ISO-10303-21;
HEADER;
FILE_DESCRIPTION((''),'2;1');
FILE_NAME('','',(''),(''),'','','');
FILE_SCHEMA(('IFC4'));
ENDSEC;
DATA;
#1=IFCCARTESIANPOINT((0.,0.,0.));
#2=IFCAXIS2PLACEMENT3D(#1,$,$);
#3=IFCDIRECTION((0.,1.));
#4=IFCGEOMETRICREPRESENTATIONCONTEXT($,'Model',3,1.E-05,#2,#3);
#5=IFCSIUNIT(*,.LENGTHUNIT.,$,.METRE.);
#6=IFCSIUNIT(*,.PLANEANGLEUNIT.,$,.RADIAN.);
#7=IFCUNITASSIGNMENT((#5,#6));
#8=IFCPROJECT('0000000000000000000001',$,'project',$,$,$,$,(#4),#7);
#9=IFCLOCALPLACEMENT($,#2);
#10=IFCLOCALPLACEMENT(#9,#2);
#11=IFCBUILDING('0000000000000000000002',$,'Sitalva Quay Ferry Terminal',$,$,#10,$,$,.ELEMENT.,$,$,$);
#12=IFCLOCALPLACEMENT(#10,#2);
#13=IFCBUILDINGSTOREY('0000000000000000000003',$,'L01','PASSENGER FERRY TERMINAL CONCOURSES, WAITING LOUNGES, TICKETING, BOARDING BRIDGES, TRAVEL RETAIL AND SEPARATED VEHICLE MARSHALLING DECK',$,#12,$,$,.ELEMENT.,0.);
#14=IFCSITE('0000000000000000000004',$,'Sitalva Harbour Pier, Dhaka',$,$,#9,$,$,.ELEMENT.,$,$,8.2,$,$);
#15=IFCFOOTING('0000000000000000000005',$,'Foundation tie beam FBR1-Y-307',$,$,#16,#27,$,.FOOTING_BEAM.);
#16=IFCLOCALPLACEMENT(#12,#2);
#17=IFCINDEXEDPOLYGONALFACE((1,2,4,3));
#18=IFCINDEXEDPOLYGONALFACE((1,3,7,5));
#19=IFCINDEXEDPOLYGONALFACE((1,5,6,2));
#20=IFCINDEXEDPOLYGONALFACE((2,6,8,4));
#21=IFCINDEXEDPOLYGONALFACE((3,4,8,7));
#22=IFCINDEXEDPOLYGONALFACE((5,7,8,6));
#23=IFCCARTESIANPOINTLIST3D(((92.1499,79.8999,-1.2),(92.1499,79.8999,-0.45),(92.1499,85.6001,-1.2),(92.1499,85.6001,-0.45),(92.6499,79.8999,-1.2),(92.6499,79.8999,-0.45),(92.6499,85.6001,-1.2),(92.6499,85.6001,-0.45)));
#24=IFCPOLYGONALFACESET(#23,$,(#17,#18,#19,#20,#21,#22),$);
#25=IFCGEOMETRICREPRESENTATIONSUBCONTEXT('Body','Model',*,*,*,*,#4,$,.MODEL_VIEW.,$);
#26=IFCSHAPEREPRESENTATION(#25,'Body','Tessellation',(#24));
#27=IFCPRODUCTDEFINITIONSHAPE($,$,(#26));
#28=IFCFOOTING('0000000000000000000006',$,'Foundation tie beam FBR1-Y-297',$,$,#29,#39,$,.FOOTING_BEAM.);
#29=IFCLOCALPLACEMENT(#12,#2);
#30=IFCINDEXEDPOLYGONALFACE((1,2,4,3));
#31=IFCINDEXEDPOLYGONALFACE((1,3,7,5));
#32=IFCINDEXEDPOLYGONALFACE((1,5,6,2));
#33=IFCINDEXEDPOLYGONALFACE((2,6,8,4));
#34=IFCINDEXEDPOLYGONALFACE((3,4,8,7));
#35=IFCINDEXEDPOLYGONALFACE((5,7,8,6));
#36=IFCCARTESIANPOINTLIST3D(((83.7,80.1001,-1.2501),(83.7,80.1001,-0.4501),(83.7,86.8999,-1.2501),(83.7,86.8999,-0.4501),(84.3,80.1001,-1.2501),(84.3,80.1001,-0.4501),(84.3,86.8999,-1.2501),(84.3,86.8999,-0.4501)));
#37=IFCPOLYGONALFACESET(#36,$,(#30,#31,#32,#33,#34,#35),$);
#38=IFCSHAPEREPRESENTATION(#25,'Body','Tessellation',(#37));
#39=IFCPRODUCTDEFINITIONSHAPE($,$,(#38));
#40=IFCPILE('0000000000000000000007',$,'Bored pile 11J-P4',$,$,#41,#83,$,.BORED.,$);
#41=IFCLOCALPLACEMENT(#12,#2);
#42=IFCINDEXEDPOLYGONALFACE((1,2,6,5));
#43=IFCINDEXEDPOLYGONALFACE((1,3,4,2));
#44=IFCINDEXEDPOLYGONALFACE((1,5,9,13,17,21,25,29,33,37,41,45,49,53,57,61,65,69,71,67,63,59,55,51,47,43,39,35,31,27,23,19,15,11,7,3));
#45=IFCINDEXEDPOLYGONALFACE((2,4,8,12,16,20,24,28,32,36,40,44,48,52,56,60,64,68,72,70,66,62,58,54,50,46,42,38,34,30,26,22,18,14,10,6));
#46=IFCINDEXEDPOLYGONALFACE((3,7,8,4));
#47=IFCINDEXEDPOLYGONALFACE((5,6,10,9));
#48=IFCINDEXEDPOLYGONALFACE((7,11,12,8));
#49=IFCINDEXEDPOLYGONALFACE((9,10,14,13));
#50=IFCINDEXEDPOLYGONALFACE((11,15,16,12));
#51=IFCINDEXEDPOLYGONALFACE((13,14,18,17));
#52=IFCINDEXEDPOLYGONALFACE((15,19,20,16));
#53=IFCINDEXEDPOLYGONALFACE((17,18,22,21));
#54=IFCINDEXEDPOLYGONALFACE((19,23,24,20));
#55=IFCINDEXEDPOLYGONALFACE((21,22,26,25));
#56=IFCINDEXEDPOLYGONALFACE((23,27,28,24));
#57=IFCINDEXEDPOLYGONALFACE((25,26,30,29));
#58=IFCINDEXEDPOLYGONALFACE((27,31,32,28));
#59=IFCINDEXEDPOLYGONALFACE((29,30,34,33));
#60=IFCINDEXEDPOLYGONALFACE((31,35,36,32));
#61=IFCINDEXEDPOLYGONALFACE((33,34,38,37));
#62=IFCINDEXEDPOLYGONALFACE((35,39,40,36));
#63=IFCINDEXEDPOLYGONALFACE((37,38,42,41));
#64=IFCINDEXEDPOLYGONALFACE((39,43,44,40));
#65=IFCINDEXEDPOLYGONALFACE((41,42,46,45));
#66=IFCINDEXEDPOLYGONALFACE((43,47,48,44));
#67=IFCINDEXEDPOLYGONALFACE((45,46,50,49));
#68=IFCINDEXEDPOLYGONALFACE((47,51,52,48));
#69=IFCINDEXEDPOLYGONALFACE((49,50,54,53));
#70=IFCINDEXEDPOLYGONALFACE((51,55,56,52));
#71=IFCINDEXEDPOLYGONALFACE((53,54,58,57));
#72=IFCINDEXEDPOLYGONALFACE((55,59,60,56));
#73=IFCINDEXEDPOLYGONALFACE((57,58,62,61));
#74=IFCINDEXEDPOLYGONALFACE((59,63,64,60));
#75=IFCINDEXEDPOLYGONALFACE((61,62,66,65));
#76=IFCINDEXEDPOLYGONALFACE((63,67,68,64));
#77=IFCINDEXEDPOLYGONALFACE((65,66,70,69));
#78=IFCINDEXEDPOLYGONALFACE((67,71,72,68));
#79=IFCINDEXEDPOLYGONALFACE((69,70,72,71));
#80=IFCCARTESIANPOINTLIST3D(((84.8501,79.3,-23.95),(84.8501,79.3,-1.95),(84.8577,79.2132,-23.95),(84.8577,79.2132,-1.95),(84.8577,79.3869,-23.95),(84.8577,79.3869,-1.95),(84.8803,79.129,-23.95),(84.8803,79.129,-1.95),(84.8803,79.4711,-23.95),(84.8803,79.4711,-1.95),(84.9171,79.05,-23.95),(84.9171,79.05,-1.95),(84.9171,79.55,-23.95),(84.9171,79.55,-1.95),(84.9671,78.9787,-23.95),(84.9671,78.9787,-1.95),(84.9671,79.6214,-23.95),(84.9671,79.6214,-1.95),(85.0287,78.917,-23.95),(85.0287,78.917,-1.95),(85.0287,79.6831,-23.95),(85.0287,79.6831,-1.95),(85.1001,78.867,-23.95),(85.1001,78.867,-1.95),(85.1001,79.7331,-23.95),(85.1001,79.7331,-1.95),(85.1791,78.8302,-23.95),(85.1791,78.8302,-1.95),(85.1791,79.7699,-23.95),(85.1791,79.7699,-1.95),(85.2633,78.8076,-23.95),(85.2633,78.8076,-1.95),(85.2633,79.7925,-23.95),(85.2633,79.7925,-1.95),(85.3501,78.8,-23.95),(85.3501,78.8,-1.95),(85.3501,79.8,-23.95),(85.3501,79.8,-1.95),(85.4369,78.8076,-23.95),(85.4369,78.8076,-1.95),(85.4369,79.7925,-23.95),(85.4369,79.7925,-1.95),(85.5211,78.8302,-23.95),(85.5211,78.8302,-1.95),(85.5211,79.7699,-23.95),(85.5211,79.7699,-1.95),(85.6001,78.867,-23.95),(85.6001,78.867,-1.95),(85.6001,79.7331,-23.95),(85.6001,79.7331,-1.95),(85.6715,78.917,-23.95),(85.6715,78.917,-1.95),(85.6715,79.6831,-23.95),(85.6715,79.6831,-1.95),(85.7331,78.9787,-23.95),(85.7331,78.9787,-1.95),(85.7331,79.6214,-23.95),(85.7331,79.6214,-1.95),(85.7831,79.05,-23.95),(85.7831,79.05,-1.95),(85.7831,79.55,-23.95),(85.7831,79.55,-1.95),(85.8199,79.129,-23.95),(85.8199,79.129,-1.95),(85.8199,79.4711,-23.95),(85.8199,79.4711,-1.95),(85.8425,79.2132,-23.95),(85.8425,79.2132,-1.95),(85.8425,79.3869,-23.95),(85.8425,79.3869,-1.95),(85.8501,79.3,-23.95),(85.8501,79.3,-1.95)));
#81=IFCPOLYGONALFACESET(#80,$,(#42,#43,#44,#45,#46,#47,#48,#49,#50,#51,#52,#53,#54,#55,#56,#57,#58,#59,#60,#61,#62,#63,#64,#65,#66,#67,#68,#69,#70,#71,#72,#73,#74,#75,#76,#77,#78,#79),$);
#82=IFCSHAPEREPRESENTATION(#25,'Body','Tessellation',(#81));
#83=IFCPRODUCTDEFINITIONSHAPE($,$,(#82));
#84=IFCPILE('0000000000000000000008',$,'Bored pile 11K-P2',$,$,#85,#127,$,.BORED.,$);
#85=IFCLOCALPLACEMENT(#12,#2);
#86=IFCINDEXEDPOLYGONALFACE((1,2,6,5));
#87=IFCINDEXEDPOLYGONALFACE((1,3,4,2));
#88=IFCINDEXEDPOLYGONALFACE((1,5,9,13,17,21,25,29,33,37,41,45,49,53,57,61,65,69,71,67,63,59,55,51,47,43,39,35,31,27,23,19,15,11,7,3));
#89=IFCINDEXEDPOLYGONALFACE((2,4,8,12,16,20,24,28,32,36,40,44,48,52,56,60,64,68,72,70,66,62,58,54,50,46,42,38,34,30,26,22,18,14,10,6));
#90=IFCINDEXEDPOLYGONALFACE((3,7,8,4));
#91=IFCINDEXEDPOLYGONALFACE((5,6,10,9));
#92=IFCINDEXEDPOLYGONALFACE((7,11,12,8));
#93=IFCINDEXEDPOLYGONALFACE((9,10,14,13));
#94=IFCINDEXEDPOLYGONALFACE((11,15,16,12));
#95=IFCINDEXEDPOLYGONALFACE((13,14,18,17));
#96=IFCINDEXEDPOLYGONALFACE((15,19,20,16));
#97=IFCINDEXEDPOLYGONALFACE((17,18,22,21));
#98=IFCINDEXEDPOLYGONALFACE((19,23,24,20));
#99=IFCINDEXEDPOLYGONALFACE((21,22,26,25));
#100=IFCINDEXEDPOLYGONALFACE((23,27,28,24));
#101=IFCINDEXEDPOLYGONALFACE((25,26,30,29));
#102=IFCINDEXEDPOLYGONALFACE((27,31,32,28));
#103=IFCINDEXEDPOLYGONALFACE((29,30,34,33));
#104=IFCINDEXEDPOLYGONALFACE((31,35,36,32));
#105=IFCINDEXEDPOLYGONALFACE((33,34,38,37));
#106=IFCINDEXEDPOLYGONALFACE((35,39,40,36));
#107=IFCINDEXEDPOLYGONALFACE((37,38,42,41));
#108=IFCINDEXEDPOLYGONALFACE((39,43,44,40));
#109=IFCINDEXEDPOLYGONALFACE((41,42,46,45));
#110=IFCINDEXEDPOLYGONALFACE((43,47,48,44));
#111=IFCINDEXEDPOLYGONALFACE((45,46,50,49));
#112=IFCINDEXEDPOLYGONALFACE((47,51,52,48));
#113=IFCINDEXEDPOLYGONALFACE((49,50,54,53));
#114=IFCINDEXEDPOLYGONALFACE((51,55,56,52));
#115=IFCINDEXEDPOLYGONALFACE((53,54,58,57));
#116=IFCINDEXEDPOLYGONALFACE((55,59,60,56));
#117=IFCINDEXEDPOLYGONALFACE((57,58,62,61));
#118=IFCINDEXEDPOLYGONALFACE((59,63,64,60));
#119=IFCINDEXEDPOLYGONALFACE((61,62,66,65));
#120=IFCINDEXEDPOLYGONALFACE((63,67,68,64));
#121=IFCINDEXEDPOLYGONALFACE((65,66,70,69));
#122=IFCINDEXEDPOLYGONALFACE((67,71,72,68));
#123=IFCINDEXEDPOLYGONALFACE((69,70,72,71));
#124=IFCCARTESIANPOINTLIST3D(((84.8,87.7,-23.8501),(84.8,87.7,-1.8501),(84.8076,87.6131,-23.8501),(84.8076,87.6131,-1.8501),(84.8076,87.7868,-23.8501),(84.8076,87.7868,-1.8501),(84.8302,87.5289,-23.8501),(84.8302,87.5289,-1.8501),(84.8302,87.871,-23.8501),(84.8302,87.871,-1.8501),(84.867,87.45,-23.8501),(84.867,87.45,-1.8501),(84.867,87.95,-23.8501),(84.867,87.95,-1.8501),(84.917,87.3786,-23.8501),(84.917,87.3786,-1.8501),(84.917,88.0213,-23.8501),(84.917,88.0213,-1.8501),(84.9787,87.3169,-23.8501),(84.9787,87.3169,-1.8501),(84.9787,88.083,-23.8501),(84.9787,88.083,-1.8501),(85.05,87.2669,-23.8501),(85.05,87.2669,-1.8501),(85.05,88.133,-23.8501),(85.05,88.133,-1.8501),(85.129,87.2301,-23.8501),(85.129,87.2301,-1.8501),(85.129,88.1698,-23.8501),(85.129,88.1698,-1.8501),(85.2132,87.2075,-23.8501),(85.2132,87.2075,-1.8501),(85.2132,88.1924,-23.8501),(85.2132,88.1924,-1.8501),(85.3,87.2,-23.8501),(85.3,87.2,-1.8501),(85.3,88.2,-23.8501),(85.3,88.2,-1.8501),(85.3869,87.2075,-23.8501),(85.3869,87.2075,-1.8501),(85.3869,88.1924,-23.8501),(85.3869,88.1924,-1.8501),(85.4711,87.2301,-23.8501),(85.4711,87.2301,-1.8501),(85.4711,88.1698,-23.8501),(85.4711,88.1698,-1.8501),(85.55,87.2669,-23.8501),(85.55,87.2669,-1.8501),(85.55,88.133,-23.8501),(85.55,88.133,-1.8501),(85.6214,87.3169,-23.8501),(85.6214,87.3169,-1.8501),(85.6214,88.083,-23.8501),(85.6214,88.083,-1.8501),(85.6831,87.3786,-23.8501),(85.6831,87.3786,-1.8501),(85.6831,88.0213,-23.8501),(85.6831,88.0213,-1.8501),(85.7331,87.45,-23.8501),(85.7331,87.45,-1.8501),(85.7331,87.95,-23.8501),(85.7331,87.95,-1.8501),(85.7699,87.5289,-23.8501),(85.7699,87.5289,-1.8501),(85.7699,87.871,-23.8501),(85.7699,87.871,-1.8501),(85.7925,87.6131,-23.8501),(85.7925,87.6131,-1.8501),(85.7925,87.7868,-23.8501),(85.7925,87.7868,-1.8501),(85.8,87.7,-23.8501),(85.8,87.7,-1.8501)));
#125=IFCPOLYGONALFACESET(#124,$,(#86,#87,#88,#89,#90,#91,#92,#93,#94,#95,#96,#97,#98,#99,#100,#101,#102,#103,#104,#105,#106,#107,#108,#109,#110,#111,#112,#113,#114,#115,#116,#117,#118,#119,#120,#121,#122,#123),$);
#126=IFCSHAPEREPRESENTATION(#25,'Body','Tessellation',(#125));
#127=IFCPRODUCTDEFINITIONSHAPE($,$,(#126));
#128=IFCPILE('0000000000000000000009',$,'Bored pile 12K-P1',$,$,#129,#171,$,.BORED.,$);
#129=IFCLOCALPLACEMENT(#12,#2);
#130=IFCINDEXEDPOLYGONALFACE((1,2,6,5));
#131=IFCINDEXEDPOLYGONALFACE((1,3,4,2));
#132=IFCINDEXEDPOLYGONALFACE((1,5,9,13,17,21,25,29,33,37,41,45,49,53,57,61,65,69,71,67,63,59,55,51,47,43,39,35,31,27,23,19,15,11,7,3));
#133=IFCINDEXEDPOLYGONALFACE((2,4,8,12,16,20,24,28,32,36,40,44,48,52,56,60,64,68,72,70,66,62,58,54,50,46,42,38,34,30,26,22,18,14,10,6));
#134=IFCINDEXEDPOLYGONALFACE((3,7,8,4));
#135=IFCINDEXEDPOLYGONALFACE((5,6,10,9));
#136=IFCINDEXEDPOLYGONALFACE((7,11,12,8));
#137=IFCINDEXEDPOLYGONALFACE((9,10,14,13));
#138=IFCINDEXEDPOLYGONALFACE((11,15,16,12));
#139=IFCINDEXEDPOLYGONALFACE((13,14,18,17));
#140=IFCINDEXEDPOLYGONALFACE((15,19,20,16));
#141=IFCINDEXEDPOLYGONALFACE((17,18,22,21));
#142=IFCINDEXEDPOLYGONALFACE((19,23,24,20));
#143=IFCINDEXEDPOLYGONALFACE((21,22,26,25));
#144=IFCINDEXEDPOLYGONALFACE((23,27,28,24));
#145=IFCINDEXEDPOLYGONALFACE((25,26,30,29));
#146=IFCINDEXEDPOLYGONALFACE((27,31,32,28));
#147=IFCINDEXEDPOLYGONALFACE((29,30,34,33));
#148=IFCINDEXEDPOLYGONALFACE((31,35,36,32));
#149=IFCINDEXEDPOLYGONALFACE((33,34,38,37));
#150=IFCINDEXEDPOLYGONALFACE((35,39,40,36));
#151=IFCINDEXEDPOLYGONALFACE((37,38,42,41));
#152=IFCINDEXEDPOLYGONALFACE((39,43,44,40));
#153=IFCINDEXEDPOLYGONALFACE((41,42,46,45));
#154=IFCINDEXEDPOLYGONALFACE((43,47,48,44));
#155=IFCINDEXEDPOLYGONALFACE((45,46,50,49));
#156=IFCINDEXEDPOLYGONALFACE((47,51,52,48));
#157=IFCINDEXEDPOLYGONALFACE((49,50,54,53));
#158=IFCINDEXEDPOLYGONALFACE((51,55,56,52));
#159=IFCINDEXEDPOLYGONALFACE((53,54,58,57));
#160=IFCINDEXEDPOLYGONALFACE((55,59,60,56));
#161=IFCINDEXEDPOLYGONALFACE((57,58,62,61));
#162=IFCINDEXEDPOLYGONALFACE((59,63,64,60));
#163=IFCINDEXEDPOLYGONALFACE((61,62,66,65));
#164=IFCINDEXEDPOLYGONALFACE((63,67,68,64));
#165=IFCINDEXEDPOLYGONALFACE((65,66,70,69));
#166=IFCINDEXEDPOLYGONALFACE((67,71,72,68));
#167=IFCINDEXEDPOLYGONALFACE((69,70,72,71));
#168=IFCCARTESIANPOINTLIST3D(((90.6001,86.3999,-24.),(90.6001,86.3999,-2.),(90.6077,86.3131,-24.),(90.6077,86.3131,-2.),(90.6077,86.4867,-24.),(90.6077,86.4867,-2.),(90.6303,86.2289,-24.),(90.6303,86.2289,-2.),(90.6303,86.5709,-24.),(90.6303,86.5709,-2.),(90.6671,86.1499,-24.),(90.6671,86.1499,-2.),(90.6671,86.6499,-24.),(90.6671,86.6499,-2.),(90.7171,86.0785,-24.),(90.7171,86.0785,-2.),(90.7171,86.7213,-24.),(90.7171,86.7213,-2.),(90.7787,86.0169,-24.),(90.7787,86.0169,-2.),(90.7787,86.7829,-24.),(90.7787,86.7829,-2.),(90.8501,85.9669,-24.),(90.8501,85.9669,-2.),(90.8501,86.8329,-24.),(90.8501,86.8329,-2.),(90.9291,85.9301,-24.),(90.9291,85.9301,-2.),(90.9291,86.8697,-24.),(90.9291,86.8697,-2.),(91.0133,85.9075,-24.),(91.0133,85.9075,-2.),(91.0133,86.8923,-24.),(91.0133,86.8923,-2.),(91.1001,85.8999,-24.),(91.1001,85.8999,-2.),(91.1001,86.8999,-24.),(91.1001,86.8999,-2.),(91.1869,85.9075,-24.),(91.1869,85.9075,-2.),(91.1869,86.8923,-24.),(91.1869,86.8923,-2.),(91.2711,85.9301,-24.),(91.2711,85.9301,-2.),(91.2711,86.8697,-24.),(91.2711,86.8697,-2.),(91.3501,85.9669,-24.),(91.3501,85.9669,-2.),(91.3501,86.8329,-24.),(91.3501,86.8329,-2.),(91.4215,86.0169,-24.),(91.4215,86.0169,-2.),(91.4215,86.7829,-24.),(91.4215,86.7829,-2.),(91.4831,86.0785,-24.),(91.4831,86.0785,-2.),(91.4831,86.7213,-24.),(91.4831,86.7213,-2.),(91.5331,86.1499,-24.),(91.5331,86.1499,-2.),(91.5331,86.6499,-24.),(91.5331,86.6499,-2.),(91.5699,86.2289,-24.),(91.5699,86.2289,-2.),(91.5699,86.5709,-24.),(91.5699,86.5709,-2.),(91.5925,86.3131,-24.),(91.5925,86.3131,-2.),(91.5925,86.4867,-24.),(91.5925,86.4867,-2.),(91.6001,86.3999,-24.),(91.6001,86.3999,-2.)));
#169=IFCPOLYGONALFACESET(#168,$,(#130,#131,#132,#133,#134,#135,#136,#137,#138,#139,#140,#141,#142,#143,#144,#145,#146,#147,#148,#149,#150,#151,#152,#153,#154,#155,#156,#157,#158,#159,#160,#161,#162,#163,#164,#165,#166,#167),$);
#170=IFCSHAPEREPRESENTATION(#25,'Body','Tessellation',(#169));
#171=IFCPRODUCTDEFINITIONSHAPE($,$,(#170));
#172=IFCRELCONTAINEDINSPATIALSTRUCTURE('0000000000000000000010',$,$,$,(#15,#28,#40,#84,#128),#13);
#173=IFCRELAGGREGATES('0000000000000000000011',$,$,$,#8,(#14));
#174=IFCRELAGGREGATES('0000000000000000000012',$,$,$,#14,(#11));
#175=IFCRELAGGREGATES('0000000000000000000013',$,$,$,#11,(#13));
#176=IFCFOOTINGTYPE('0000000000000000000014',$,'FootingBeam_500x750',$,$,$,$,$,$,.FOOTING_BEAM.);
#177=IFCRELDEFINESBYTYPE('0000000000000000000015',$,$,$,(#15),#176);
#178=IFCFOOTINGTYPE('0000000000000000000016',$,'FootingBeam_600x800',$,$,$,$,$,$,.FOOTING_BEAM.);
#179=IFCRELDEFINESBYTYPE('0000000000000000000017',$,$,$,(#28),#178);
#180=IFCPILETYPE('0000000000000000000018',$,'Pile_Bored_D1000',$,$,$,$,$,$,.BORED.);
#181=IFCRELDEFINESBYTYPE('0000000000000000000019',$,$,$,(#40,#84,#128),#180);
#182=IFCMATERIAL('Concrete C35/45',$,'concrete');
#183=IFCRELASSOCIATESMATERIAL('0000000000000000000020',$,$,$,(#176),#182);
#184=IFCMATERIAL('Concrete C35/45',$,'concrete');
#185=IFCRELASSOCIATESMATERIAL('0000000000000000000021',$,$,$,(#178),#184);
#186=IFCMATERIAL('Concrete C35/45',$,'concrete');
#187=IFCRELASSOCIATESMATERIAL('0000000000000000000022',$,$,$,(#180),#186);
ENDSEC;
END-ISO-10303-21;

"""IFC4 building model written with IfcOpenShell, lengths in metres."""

from ifc_helpers import new_model, si_unit, direction, frame, origin, origin_2d, place, context, subcontext, project, spatial, rectangle, circle, extrude, material, material_profile, profile_set, type_object, element, save


model = new_model("IFC4")

# Units and contexts
model_context = context("Model", 3, precision=1e-05, world=origin(), true_north=direction((0.0, 1.0)))
body_context = subcontext(model_context, "Body", "Model", "MODEL_VIEW")
ifc_project = project(units=[si_unit("LENGTHUNIT", "METRE"), si_unit("PLANEANGLEUNIT", "RADIAN")], contexts=[model_context])

# Site, building, storey
site_placement = place(None, origin())
site = spatial("IfcSite", under=ifc_project, at=site_placement, Name="Sitalva Harbour Pier, Dhaka", CompositionType="ELEMENT", RefElevation=8.2)
building_placement = place(site_placement, origin())
building = spatial("IfcBuilding", under=site, at=building_placement, Name="Sitalva Quay Ferry Terminal", CompositionType="ELEMENT")
storey_placement = place(building_placement, origin())
storey = spatial("IfcBuildingStorey", under=building, at=storey_placement, Name="L01", Description="PASSENGER FERRY TERMINAL CONCOURSES, WAITING LOUNGES, TICKETING, BOARDING BRIDGES, TRAVEL RETAIL AND SEPARATED VEHICLE MARSHALLING DECK", CompositionType="ELEMENT", Elevation=0.0)

# Footings
ifc_material_1 = material(Name="Concrete C35/45", Category="concrete")
ifc_material_profile_1 = material_profile(ifc_material_1, rectangle(XDim=0.5, YDim=0.75, at=origin_2d()), Name="RC500x750")
ifc_profile_set_1 = profile_set([ifc_material_profile_1], Name="Concrete C35/45")
footing_type_1 = type_object("IfcFootingType", Name="FootingBeam_500x750", PredefinedType="FOOTING_BEAM", material=ifc_profile_set_1)
footing_1_placement = place(storey_placement, frame((92.3999, 79.8999, -0.825), z_axis=(0.0, 1.0, 0.0), x_axis=(-1.0, 0.0, 0.0)))
element("IfcFooting", 1, at=footing_1_placement, inside=storey, type_object=footing_type_1, Name="Foundation tie beam FBR1-Y-307", PredefinedType="FOOTING_BEAM", context=body_context, shape_type="SweptSolid", body=[
    extrude(rectangle(XDim=0.5, YDim=0.75, at=origin_2d()), origin(), (0.0, 0.0, 1.0), 5.7002),
])
ifc_material_2 = material(Name="Concrete C35/45", Category="concrete")
ifc_material_profile_2 = material_profile(ifc_material_2, rectangle(XDim=0.6001, YDim=0.8, at=origin_2d()), Name="RC600x800")
ifc_profile_set_2 = profile_set([ifc_material_profile_2], Name="Concrete C35/45")
footing_type_2 = type_object("IfcFootingType", Name="FootingBeam_600x800", PredefinedType="FOOTING_BEAM", material=ifc_profile_set_2)
footing_2_placement = place(storey_placement, frame((84.0, 80.1001, -0.8501), z_axis=(0.0, 1.0, 0.0), x_axis=(-1.0, 0.0, 0.0)))
element("IfcFooting", 2, at=footing_2_placement, inside=storey, type_object=footing_type_2, Name="Foundation tie beam FBR1-Y-297", PredefinedType="FOOTING_BEAM", context=body_context, shape_type="SweptSolid", body=[
    extrude(rectangle(XDim=0.6001, YDim=0.8, at=origin_2d()), origin(), (0.0, 0.0, 1.0), 6.7998),
])

# Piles
ifc_material_3 = material(Name="Concrete C35/45", Category="concrete")
ifc_material_profile_3 = material_profile(ifc_material_3, circle(Radius=0.5, at=origin_2d()), Name="PILE-D1000")
ifc_profile_set_3 = profile_set([ifc_material_profile_3], Name="Concrete C35/45")
pile_type_1 = type_object("IfcPileType", Name="Pile_Bored_D1000", PredefinedType="BORED", material=ifc_profile_set_3)
for number, where, z_axis, x_axis, name in (
    (3, (85.3501, 79.3, -1.95), (0.0, 0.0, -1.0), (1.0, 0.0, 0.0), "Bored pile 11J-P4"),
    (4, (85.3, 87.7, -1.8501), (0.0, 0.0, -1.0), (1.0, 0.0, 0.0), "Bored pile 11K-P2"),
    (5, (91.1001, 86.3999, -2.0), (0.0, 0.0, -1.0), (1.0, 0.0, 0.0), "Bored pile 12K-P1"),
):
    element("IfcPile", number, at=place(storey_placement, frame(where, z_axis=z_axis, x_axis=x_axis)), inside=storey, type_object=pile_type_1, Name=name, PredefinedType="BORED", context=body_context, shape_type="SweptSolid", body=[
        extrude(circle(Radius=0.5, at=origin_2d()), origin(), (0.0, 0.0, 1.0), 22.0),
    ])

save(model, "model.ifc")
